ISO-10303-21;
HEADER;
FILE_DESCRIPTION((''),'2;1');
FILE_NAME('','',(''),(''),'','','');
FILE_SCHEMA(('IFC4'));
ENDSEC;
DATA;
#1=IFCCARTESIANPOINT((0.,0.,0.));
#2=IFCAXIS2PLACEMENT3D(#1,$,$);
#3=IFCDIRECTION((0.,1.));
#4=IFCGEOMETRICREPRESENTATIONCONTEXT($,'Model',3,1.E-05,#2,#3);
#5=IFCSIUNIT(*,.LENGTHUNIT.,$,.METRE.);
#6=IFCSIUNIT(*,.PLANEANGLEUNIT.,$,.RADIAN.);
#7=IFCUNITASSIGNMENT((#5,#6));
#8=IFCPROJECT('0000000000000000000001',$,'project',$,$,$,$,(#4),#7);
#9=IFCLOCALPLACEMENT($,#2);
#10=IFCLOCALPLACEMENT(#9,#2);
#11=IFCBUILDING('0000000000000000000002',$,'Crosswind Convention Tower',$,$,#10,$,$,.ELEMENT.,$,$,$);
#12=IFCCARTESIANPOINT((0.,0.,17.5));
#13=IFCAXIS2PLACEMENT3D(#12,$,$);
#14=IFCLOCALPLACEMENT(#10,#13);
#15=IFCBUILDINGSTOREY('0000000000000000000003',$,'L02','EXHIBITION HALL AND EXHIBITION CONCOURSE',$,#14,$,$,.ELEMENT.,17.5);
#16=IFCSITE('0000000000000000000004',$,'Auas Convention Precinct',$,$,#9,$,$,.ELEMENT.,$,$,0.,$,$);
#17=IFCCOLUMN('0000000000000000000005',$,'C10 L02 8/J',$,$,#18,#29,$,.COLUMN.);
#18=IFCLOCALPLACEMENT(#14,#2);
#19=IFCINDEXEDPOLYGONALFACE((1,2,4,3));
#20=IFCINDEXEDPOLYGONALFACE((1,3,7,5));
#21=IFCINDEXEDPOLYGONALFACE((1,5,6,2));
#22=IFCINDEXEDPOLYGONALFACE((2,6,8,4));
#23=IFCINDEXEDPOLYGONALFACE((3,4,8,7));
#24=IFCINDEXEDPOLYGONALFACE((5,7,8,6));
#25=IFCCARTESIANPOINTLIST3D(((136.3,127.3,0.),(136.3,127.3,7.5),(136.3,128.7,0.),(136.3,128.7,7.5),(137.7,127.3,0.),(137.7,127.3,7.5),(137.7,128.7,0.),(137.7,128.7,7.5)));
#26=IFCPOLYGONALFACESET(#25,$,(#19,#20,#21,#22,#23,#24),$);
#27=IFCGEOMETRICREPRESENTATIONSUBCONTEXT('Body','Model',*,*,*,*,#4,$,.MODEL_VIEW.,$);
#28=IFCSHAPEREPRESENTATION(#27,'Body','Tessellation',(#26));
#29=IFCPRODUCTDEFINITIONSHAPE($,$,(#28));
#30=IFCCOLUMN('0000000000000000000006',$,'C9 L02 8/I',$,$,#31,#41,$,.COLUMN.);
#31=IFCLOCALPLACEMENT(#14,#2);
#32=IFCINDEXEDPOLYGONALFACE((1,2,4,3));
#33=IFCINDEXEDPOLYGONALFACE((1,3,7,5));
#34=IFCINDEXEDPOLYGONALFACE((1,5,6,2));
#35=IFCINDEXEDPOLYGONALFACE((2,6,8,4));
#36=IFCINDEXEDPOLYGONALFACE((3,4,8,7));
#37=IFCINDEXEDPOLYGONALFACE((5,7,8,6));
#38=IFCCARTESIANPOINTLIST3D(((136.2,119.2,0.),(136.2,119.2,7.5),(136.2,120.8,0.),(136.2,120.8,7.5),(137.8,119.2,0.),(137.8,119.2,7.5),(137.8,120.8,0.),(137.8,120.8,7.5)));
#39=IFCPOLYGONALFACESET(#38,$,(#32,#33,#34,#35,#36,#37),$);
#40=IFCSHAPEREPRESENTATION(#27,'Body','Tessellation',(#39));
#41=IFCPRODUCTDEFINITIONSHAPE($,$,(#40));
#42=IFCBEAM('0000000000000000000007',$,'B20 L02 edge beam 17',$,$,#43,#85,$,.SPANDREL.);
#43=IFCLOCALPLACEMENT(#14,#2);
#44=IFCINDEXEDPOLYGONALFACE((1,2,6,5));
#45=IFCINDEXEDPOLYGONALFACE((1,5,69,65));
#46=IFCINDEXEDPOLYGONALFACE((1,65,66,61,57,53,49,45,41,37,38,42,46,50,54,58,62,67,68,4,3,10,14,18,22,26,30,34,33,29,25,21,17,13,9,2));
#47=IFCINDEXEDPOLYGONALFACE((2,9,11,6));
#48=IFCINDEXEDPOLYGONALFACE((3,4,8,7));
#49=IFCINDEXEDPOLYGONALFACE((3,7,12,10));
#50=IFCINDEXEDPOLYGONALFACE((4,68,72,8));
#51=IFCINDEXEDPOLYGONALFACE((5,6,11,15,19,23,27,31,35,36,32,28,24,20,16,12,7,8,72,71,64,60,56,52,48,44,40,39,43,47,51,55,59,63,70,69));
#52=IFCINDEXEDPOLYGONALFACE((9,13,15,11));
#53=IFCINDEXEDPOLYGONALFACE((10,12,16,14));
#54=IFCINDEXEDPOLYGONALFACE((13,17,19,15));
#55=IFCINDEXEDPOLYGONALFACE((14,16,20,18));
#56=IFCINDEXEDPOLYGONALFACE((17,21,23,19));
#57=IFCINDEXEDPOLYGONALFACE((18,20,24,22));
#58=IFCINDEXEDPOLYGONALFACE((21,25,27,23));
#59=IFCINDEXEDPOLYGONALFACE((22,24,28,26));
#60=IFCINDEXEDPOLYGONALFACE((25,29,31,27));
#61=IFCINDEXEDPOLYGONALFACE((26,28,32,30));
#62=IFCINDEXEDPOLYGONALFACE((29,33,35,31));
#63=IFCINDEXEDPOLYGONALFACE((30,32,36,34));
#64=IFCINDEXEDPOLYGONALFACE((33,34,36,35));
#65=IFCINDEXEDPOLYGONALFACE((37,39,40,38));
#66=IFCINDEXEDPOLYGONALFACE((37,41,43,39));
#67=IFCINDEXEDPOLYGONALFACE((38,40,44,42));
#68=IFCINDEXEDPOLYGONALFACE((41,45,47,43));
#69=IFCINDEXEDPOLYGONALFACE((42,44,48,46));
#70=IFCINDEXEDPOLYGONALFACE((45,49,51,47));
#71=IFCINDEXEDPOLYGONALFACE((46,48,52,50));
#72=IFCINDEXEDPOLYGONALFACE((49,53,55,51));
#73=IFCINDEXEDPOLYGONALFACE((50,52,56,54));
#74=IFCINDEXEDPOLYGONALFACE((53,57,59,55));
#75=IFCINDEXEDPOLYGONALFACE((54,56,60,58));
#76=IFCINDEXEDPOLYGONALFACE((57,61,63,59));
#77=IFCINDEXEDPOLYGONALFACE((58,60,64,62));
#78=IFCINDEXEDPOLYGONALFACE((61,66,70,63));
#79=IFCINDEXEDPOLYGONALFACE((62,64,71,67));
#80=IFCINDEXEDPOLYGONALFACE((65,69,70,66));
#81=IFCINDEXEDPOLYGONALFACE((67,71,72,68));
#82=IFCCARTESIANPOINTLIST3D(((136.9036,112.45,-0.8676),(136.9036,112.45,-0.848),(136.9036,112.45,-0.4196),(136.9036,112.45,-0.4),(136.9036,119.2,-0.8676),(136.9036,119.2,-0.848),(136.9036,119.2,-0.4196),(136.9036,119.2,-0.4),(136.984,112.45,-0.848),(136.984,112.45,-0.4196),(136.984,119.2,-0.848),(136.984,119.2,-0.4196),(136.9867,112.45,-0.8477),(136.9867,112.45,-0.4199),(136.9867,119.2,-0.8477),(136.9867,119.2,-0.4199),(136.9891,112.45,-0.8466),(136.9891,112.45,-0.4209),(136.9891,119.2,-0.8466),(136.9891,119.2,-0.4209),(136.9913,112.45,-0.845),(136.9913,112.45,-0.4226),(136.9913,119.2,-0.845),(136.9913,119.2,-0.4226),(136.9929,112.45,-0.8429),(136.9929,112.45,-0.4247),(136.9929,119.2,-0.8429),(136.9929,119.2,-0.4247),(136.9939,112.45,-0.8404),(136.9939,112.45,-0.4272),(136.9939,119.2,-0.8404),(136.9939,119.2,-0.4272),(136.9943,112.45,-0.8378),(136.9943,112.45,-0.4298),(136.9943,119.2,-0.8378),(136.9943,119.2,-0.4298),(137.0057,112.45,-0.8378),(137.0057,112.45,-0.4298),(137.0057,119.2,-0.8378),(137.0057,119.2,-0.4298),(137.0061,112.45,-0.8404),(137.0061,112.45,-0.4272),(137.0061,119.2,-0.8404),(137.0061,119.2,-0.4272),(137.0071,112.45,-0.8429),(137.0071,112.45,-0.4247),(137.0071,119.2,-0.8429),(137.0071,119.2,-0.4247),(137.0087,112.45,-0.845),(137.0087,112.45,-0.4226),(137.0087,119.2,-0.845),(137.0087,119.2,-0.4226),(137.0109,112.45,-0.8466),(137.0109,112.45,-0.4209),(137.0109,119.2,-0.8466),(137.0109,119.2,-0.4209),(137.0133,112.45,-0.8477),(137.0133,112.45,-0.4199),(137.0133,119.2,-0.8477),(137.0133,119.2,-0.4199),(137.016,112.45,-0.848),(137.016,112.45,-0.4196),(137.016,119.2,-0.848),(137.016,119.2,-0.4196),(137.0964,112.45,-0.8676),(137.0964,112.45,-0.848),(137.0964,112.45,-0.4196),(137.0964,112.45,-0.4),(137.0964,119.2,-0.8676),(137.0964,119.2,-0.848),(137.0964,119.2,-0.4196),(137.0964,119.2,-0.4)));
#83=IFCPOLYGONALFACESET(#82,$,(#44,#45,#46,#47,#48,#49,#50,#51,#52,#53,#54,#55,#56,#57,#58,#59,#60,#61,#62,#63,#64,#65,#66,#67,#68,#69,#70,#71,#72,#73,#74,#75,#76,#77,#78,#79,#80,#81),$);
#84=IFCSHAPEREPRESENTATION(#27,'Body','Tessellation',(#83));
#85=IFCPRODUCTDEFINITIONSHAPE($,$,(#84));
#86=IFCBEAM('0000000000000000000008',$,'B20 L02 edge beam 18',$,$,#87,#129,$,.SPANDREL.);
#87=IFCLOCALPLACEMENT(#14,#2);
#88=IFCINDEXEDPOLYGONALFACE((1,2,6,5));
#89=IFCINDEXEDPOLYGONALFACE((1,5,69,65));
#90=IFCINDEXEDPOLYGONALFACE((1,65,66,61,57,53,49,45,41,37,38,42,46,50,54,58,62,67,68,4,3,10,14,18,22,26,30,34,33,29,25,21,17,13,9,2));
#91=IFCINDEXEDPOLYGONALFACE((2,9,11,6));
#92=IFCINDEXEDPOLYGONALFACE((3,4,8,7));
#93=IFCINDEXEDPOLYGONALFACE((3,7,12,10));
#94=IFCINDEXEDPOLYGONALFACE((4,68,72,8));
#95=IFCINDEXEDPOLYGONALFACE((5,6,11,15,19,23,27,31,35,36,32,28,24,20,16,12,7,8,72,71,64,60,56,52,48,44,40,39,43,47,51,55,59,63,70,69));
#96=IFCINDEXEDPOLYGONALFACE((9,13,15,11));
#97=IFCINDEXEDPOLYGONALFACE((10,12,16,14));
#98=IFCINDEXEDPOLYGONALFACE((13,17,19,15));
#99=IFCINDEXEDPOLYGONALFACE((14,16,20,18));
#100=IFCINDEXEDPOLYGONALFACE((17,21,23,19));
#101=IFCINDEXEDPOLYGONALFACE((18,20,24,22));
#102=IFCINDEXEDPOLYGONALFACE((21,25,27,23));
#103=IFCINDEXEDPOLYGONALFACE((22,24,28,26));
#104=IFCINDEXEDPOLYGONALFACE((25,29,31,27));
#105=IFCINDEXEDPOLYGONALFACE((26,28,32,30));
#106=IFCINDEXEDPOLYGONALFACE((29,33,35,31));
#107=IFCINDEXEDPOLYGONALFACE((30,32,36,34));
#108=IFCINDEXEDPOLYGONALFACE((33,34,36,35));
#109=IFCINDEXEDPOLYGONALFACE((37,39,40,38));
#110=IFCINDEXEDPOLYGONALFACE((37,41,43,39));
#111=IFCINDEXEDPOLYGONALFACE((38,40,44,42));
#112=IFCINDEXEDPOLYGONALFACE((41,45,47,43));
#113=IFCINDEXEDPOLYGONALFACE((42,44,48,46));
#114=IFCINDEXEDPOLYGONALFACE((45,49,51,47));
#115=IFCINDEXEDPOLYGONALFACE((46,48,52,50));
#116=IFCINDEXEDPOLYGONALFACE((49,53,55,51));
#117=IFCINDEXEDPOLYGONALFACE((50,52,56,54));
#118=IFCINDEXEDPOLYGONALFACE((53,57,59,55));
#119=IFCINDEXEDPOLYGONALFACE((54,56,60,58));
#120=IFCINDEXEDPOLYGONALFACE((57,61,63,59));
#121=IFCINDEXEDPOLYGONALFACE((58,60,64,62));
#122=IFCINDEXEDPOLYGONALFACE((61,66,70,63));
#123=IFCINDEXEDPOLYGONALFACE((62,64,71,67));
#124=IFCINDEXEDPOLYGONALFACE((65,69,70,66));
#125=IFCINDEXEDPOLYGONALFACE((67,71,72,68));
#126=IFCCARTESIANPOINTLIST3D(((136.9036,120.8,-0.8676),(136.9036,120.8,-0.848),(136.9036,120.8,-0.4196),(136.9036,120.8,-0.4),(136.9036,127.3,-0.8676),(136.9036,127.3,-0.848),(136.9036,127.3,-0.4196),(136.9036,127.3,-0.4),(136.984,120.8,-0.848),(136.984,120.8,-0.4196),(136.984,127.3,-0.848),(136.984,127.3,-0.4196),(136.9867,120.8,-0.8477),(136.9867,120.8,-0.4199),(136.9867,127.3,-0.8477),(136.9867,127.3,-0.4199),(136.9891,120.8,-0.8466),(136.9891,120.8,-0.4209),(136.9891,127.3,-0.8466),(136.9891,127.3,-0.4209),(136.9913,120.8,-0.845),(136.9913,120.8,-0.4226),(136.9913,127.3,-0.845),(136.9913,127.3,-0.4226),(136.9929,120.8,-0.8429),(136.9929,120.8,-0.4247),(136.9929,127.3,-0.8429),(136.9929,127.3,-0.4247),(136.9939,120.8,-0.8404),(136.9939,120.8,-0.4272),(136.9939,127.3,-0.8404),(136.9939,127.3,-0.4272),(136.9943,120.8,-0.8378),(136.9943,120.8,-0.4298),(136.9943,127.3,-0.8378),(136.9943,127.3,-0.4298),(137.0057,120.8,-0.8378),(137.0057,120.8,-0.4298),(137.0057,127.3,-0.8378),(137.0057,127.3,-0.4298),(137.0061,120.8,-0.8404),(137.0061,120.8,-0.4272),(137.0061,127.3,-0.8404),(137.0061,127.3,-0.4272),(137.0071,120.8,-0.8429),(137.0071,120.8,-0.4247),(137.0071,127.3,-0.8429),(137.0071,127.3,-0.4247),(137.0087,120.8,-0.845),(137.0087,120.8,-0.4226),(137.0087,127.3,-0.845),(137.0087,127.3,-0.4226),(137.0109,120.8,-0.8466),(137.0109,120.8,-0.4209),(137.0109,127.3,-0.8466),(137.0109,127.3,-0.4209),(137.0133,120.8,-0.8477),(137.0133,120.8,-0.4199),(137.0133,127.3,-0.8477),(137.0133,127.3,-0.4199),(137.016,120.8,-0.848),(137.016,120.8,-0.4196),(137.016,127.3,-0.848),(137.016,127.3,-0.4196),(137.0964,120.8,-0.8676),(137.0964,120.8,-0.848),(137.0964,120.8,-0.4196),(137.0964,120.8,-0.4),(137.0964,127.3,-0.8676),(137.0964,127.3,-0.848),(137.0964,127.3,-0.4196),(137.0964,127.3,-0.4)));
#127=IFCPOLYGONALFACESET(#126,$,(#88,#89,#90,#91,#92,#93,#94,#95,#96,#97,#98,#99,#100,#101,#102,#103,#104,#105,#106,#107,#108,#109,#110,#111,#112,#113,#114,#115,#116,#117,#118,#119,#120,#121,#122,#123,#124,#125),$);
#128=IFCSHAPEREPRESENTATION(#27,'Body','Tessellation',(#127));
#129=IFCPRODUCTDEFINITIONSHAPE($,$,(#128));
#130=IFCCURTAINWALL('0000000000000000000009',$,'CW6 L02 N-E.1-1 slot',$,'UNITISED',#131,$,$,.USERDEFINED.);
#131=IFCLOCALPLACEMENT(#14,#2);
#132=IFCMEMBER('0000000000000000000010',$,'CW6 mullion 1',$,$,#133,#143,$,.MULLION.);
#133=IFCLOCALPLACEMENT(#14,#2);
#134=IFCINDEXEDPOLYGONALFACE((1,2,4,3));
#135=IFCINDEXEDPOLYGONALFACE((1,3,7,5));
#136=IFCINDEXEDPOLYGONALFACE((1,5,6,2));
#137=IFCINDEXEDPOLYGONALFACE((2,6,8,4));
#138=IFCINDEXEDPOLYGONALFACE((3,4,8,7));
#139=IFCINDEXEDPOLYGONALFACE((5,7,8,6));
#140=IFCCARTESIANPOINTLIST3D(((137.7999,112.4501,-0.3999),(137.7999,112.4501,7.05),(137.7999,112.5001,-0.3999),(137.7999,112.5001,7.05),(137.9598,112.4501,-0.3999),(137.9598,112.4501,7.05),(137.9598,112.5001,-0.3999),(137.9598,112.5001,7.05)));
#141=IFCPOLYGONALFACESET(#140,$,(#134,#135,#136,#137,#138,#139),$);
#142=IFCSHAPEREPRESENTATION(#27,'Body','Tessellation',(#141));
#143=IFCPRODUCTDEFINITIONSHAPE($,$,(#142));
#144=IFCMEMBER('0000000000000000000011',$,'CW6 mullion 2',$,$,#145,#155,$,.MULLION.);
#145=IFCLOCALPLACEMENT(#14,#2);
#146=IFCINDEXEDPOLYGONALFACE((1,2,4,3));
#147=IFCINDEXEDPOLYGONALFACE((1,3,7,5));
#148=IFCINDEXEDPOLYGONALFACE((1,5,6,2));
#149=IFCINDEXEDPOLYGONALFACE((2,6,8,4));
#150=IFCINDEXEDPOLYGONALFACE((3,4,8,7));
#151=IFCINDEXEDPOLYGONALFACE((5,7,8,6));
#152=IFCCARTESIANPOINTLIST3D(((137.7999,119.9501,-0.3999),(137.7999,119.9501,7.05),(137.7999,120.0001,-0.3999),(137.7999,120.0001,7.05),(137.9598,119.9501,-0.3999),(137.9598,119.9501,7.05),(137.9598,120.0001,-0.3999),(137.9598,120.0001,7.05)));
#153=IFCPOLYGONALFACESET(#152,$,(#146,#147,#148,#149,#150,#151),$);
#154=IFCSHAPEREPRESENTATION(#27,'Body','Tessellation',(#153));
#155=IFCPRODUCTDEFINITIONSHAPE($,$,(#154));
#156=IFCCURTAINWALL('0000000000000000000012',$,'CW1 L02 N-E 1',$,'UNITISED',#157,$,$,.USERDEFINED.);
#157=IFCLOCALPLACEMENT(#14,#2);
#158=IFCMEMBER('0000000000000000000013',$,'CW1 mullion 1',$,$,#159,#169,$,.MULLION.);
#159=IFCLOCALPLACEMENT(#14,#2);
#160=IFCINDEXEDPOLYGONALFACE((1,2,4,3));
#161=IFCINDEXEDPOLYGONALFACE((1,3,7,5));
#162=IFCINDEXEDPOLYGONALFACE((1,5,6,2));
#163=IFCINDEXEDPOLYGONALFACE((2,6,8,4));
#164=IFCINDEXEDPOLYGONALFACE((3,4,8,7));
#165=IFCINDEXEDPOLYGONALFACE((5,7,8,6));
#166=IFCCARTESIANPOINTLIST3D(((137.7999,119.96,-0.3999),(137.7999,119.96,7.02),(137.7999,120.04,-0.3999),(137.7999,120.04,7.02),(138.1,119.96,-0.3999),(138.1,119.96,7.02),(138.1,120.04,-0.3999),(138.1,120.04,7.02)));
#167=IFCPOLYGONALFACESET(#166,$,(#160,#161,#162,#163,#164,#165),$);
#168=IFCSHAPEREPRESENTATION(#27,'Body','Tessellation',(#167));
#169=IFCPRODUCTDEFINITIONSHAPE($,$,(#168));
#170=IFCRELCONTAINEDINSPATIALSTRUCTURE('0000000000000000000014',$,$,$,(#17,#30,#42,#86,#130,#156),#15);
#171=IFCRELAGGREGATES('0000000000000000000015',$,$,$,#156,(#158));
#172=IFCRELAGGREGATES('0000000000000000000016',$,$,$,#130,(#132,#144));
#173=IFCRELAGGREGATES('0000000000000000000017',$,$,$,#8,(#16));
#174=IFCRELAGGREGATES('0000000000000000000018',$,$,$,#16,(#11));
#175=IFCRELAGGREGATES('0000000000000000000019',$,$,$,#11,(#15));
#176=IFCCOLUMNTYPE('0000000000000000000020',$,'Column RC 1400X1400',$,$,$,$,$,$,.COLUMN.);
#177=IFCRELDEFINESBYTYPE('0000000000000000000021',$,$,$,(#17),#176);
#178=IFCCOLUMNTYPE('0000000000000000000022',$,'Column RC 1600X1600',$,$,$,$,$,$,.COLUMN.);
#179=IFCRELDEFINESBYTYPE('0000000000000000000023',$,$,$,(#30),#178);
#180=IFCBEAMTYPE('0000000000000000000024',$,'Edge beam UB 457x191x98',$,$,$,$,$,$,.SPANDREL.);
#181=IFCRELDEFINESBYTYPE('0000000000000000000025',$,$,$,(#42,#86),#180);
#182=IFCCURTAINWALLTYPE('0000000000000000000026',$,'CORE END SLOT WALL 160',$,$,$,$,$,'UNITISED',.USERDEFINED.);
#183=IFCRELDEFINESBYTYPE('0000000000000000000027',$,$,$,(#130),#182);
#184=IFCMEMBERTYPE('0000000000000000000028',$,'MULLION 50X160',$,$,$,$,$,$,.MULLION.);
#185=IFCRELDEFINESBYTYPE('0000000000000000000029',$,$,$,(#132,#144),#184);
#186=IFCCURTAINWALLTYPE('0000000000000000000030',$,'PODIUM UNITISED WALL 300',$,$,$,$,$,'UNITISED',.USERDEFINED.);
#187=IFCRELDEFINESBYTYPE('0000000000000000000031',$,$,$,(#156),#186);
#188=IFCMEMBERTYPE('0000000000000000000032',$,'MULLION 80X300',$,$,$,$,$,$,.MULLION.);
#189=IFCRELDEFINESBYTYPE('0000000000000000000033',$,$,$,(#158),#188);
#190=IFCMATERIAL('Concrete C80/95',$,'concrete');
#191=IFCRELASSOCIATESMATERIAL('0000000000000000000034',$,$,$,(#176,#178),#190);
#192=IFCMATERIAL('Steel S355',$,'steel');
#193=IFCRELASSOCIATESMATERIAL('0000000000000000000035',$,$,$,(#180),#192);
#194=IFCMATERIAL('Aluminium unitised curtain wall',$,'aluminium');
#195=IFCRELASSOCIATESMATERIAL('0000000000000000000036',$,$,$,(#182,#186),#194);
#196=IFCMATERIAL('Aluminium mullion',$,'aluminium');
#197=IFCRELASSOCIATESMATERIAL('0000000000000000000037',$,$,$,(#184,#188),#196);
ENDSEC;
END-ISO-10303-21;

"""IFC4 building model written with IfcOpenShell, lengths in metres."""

from ifc_helpers import new_model, si_unit, direction, frame, origin, origin_2d, place, context, subcontext, project, spatial, rectangle, i_section, extrude, material, material_profile, profile_set, type_object, element, aggregate, save


model = new_model("IFC4")

# Units and contexts
model_context = context("Model", 3, precision=1e-05, world=origin(), true_north=direction((0.0, 1.0)))
body_context = subcontext(model_context, "Body", "Model", "MODEL_VIEW")
ifc_project = project(units=[si_unit("LENGTHUNIT", "METRE"), si_unit("PLANEANGLEUNIT", "RADIAN")], contexts=[model_context])

# Site, building, storey
site_placement = place(None, origin())
site = spatial("IfcSite", under=ifc_project, at=site_placement, Name="Auas Convention Precinct", CompositionType="ELEMENT", RefElevation=0.0)
building_placement = place(site_placement, origin())
building = spatial("IfcBuilding", under=site, at=building_placement, Name="Crosswind Convention Tower", CompositionType="ELEMENT")
storey_placement = place(building_placement, frame((0.0, 0.0, 17.5)))
storey = spatial("IfcBuildingStorey", under=building, at=storey_placement, Name="L02", Description="EXHIBITION HALL AND EXHIBITION CONCOURSE", CompositionType="ELEMENT", Elevation=17.5)

# Columns
ifc_material_1 = material(Name="Concrete C80/95", Category="concrete")
ifc_material_profile_1 = material_profile(ifc_material_1, rectangle(XDim=1.3999, YDim=1.3999, at=origin_2d()), Name="RC 1400X1400")
ifc_profile_set_1 = profile_set([ifc_material_profile_1], Name="Concrete C80/95")
column_type_1 = type_object("IfcColumnType", Name="Column RC 1400X1400", PredefinedType="COLUMN", material=ifc_profile_set_1)
column_1_placement = place(storey_placement, frame((137.0, 128.0, 0.0), z_axis=(0.0, 0.0, 1.0), x_axis=(1.0, 0.0, 0.0)))
element("IfcColumn", 1, at=column_1_placement, inside=storey, type_object=column_type_1, Name="C10 L02 8/J", PredefinedType="COLUMN", context=body_context, shape_type="SweptSolid", body=[
    extrude(rectangle(XDim=1.3999, YDim=1.3999, at=origin_2d()), origin(), (0.0, 0.0, 1.0), 7.5),
])
ifc_material_profile_2 = material_profile(ifc_material_1, rectangle(XDim=1.6001, YDim=1.6001, at=origin_2d()), Name="RC 1600X1600")
ifc_profile_set_2 = profile_set([ifc_material_profile_2], Name="Concrete C80/95")
column_type_2 = type_object("IfcColumnType", Name="Column RC 1600X1600", PredefinedType="COLUMN", material=ifc_profile_set_2)
column_2_placement = place(storey_placement, frame((137.0, 120.0, 0.0), z_axis=(0.0, 0.0, 1.0), x_axis=(1.0, 0.0, 0.0)))
element("IfcColumn", 2, at=column_2_placement, inside=storey, type_object=column_type_2, Name="C9 L02 8/I", PredefinedType="COLUMN", context=body_context, shape_type="SweptSolid", body=[
    extrude(rectangle(XDim=1.6001, YDim=1.6001, at=origin_2d()), origin(), (0.0, 0.0, 1.0), 7.5),
])

# Beams
ifc_material_2 = material(Name="Steel S355", Category="steel")
ifc_material_profile_3 = material_profile(ifc_material_2, i_section(OverallWidth=0.1929, OverallDepth=0.4675, WebThickness=0.0115, FlangeThickness=0.0195, FilletRadius=0.0103, at=origin_2d()), Name="UB 457x191x98")
ifc_profile_set_3 = profile_set([ifc_material_profile_3], Name="Steel S355")
beam_type_1 = type_object("IfcBeamType", Name="Edge beam UB 457x191x98", PredefinedType="SPANDREL", material=ifc_profile_set_3)
beam_1_placement = place(storey_placement, frame((137.0, 112.45, -0.6338), z_axis=(0.0, 1.0, 0.0), x_axis=(-1.0, 0.0, 0.0)))
element("IfcBeam", 3, at=beam_1_placement, inside=storey, type_object=beam_type_1, Name="B20 L02 edge beam 17", PredefinedType="SPANDREL", context=body_context, shape_type="SweptSolid", body=[
    extrude(i_section(OverallWidth=0.1929, OverallDepth=0.4675, WebThickness=0.0115, FlangeThickness=0.0195, FilletRadius=0.0103, at=origin_2d()), origin(), (0.0, 0.0, 1.0), 6.75),
])
beam_2_placement = place(storey_placement, frame((137.0, 120.8, -0.6338), z_axis=(0.0, 1.0, 0.0), x_axis=(-1.0, 0.0, 0.0)))
element("IfcBeam", 4, at=beam_2_placement, inside=storey, type_object=beam_type_1, Name="B20 L02 edge beam 18", PredefinedType="SPANDREL", context=body_context, shape_type="SweptSolid", body=[
    extrude(i_section(OverallWidth=0.1929, OverallDepth=0.4675, WebThickness=0.0115, FlangeThickness=0.0195, FilletRadius=0.0103, at=origin_2d()), origin(), (0.0, 0.0, 1.0), 6.5),
])

# Curtain wall, members
ifc_material_3 = material(Name="Aluminium unitised curtain wall", Category="aluminium")
curtain_wall_type_1 = type_object("IfcCurtainWallType", Name="CORE END SLOT WALL 160", ElementType="UNITISED", PredefinedType="USERDEFINED", material=ifc_material_3)
curtain_wall_1_placement = place(storey_placement, origin())
curtain_wall_1 = element("IfcCurtainWall", 5, at=curtain_wall_1_placement, inside=storey, type_object=curtain_wall_type_1, Name="CW6 L02 N-E.1-1 slot", ObjectType="UNITISED", PredefinedType="USERDEFINED")
ifc_material_4 = material(Name="Aluminium mullion", Category="aluminium")
ifc_material_profile_4 = material_profile(ifc_material_4, rectangle(XDim=0.1599, YDim=0.05, at=origin_2d()), Name="AL 160X50")
ifc_profile_set_4 = profile_set([ifc_material_profile_4], Name="Aluminium mullion")
member_type_1 = type_object("IfcMemberType", Name="MULLION 50X160", PredefinedType="MULLION", material=ifc_profile_set_4)
member_1_placement = place(storey_placement, frame((137.8799, 112.4751, -0.3999), z_axis=(0.0, 0.0, 1.0), x_axis=(1.0, 0.0, 0.0)))
member_1 = element("IfcMember", 6, at=member_1_placement, type_object=member_type_1, Name="CW6 mullion 1", PredefinedType="MULLION", context=body_context, shape_type="SweptSolid", body=[
    extrude(rectangle(XDim=0.1599, YDim=0.05, at=origin_2d()), origin(), (0.0, 0.0, 1.0), 7.45),
])
member_2_placement = place(storey_placement, frame((137.8799, 119.9751, -0.3999), z_axis=(0.0, 0.0, 1.0), x_axis=(1.0, 0.0, 0.0)))
member_2 = element("IfcMember", 7, at=member_2_placement, type_object=member_type_1, Name="CW6 mullion 2", PredefinedType="MULLION", context=body_context, shape_type="SweptSolid", body=[
    extrude(rectangle(XDim=0.1599, YDim=0.05, at=origin_2d()), origin(), (0.0, 0.0, 1.0), 7.45),
])

# Curtain wall, member
curtain_wall_type_2 = type_object("IfcCurtainWallType", Name="PODIUM UNITISED WALL 300", ElementType="UNITISED", PredefinedType="USERDEFINED", material=ifc_material_3)
curtain_wall_2_placement = place(storey_placement, origin())
curtain_wall_2 = element("IfcCurtainWall", 8, at=curtain_wall_2_placement, inside=storey, type_object=curtain_wall_type_2, Name="CW1 L02 N-E 1", ObjectType="UNITISED", PredefinedType="USERDEFINED")
ifc_material_profile_5 = material_profile(ifc_material_4, rectangle(XDim=0.3, YDim=0.0801, at=origin_2d()), Name="AL 300X80")
ifc_profile_set_5 = profile_set([ifc_material_profile_5], Name="Aluminium mullion")
member_type_2 = type_object("IfcMemberType", Name="MULLION 80X300", PredefinedType="MULLION", material=ifc_profile_set_5)
member_3_placement = place(storey_placement, frame((137.95, 120.0, -0.3999), z_axis=(0.0, 0.0, 1.0), x_axis=(1.0, 0.0, 0.0)))
member_3 = element("IfcMember", 9, at=member_3_placement, type_object=member_type_2, Name="CW1 mullion 1", PredefinedType="MULLION", context=body_context, shape_type="SweptSolid", body=[
    extrude(rectangle(XDim=0.3, YDim=0.0801, at=origin_2d()), origin(), (0.0, 0.0, 1.0), 7.4199),
])

aggregate(curtain_wall_2, [member_3])

aggregate(curtain_wall_1, [member_1, member_2])

save(model, "model.ifc")
